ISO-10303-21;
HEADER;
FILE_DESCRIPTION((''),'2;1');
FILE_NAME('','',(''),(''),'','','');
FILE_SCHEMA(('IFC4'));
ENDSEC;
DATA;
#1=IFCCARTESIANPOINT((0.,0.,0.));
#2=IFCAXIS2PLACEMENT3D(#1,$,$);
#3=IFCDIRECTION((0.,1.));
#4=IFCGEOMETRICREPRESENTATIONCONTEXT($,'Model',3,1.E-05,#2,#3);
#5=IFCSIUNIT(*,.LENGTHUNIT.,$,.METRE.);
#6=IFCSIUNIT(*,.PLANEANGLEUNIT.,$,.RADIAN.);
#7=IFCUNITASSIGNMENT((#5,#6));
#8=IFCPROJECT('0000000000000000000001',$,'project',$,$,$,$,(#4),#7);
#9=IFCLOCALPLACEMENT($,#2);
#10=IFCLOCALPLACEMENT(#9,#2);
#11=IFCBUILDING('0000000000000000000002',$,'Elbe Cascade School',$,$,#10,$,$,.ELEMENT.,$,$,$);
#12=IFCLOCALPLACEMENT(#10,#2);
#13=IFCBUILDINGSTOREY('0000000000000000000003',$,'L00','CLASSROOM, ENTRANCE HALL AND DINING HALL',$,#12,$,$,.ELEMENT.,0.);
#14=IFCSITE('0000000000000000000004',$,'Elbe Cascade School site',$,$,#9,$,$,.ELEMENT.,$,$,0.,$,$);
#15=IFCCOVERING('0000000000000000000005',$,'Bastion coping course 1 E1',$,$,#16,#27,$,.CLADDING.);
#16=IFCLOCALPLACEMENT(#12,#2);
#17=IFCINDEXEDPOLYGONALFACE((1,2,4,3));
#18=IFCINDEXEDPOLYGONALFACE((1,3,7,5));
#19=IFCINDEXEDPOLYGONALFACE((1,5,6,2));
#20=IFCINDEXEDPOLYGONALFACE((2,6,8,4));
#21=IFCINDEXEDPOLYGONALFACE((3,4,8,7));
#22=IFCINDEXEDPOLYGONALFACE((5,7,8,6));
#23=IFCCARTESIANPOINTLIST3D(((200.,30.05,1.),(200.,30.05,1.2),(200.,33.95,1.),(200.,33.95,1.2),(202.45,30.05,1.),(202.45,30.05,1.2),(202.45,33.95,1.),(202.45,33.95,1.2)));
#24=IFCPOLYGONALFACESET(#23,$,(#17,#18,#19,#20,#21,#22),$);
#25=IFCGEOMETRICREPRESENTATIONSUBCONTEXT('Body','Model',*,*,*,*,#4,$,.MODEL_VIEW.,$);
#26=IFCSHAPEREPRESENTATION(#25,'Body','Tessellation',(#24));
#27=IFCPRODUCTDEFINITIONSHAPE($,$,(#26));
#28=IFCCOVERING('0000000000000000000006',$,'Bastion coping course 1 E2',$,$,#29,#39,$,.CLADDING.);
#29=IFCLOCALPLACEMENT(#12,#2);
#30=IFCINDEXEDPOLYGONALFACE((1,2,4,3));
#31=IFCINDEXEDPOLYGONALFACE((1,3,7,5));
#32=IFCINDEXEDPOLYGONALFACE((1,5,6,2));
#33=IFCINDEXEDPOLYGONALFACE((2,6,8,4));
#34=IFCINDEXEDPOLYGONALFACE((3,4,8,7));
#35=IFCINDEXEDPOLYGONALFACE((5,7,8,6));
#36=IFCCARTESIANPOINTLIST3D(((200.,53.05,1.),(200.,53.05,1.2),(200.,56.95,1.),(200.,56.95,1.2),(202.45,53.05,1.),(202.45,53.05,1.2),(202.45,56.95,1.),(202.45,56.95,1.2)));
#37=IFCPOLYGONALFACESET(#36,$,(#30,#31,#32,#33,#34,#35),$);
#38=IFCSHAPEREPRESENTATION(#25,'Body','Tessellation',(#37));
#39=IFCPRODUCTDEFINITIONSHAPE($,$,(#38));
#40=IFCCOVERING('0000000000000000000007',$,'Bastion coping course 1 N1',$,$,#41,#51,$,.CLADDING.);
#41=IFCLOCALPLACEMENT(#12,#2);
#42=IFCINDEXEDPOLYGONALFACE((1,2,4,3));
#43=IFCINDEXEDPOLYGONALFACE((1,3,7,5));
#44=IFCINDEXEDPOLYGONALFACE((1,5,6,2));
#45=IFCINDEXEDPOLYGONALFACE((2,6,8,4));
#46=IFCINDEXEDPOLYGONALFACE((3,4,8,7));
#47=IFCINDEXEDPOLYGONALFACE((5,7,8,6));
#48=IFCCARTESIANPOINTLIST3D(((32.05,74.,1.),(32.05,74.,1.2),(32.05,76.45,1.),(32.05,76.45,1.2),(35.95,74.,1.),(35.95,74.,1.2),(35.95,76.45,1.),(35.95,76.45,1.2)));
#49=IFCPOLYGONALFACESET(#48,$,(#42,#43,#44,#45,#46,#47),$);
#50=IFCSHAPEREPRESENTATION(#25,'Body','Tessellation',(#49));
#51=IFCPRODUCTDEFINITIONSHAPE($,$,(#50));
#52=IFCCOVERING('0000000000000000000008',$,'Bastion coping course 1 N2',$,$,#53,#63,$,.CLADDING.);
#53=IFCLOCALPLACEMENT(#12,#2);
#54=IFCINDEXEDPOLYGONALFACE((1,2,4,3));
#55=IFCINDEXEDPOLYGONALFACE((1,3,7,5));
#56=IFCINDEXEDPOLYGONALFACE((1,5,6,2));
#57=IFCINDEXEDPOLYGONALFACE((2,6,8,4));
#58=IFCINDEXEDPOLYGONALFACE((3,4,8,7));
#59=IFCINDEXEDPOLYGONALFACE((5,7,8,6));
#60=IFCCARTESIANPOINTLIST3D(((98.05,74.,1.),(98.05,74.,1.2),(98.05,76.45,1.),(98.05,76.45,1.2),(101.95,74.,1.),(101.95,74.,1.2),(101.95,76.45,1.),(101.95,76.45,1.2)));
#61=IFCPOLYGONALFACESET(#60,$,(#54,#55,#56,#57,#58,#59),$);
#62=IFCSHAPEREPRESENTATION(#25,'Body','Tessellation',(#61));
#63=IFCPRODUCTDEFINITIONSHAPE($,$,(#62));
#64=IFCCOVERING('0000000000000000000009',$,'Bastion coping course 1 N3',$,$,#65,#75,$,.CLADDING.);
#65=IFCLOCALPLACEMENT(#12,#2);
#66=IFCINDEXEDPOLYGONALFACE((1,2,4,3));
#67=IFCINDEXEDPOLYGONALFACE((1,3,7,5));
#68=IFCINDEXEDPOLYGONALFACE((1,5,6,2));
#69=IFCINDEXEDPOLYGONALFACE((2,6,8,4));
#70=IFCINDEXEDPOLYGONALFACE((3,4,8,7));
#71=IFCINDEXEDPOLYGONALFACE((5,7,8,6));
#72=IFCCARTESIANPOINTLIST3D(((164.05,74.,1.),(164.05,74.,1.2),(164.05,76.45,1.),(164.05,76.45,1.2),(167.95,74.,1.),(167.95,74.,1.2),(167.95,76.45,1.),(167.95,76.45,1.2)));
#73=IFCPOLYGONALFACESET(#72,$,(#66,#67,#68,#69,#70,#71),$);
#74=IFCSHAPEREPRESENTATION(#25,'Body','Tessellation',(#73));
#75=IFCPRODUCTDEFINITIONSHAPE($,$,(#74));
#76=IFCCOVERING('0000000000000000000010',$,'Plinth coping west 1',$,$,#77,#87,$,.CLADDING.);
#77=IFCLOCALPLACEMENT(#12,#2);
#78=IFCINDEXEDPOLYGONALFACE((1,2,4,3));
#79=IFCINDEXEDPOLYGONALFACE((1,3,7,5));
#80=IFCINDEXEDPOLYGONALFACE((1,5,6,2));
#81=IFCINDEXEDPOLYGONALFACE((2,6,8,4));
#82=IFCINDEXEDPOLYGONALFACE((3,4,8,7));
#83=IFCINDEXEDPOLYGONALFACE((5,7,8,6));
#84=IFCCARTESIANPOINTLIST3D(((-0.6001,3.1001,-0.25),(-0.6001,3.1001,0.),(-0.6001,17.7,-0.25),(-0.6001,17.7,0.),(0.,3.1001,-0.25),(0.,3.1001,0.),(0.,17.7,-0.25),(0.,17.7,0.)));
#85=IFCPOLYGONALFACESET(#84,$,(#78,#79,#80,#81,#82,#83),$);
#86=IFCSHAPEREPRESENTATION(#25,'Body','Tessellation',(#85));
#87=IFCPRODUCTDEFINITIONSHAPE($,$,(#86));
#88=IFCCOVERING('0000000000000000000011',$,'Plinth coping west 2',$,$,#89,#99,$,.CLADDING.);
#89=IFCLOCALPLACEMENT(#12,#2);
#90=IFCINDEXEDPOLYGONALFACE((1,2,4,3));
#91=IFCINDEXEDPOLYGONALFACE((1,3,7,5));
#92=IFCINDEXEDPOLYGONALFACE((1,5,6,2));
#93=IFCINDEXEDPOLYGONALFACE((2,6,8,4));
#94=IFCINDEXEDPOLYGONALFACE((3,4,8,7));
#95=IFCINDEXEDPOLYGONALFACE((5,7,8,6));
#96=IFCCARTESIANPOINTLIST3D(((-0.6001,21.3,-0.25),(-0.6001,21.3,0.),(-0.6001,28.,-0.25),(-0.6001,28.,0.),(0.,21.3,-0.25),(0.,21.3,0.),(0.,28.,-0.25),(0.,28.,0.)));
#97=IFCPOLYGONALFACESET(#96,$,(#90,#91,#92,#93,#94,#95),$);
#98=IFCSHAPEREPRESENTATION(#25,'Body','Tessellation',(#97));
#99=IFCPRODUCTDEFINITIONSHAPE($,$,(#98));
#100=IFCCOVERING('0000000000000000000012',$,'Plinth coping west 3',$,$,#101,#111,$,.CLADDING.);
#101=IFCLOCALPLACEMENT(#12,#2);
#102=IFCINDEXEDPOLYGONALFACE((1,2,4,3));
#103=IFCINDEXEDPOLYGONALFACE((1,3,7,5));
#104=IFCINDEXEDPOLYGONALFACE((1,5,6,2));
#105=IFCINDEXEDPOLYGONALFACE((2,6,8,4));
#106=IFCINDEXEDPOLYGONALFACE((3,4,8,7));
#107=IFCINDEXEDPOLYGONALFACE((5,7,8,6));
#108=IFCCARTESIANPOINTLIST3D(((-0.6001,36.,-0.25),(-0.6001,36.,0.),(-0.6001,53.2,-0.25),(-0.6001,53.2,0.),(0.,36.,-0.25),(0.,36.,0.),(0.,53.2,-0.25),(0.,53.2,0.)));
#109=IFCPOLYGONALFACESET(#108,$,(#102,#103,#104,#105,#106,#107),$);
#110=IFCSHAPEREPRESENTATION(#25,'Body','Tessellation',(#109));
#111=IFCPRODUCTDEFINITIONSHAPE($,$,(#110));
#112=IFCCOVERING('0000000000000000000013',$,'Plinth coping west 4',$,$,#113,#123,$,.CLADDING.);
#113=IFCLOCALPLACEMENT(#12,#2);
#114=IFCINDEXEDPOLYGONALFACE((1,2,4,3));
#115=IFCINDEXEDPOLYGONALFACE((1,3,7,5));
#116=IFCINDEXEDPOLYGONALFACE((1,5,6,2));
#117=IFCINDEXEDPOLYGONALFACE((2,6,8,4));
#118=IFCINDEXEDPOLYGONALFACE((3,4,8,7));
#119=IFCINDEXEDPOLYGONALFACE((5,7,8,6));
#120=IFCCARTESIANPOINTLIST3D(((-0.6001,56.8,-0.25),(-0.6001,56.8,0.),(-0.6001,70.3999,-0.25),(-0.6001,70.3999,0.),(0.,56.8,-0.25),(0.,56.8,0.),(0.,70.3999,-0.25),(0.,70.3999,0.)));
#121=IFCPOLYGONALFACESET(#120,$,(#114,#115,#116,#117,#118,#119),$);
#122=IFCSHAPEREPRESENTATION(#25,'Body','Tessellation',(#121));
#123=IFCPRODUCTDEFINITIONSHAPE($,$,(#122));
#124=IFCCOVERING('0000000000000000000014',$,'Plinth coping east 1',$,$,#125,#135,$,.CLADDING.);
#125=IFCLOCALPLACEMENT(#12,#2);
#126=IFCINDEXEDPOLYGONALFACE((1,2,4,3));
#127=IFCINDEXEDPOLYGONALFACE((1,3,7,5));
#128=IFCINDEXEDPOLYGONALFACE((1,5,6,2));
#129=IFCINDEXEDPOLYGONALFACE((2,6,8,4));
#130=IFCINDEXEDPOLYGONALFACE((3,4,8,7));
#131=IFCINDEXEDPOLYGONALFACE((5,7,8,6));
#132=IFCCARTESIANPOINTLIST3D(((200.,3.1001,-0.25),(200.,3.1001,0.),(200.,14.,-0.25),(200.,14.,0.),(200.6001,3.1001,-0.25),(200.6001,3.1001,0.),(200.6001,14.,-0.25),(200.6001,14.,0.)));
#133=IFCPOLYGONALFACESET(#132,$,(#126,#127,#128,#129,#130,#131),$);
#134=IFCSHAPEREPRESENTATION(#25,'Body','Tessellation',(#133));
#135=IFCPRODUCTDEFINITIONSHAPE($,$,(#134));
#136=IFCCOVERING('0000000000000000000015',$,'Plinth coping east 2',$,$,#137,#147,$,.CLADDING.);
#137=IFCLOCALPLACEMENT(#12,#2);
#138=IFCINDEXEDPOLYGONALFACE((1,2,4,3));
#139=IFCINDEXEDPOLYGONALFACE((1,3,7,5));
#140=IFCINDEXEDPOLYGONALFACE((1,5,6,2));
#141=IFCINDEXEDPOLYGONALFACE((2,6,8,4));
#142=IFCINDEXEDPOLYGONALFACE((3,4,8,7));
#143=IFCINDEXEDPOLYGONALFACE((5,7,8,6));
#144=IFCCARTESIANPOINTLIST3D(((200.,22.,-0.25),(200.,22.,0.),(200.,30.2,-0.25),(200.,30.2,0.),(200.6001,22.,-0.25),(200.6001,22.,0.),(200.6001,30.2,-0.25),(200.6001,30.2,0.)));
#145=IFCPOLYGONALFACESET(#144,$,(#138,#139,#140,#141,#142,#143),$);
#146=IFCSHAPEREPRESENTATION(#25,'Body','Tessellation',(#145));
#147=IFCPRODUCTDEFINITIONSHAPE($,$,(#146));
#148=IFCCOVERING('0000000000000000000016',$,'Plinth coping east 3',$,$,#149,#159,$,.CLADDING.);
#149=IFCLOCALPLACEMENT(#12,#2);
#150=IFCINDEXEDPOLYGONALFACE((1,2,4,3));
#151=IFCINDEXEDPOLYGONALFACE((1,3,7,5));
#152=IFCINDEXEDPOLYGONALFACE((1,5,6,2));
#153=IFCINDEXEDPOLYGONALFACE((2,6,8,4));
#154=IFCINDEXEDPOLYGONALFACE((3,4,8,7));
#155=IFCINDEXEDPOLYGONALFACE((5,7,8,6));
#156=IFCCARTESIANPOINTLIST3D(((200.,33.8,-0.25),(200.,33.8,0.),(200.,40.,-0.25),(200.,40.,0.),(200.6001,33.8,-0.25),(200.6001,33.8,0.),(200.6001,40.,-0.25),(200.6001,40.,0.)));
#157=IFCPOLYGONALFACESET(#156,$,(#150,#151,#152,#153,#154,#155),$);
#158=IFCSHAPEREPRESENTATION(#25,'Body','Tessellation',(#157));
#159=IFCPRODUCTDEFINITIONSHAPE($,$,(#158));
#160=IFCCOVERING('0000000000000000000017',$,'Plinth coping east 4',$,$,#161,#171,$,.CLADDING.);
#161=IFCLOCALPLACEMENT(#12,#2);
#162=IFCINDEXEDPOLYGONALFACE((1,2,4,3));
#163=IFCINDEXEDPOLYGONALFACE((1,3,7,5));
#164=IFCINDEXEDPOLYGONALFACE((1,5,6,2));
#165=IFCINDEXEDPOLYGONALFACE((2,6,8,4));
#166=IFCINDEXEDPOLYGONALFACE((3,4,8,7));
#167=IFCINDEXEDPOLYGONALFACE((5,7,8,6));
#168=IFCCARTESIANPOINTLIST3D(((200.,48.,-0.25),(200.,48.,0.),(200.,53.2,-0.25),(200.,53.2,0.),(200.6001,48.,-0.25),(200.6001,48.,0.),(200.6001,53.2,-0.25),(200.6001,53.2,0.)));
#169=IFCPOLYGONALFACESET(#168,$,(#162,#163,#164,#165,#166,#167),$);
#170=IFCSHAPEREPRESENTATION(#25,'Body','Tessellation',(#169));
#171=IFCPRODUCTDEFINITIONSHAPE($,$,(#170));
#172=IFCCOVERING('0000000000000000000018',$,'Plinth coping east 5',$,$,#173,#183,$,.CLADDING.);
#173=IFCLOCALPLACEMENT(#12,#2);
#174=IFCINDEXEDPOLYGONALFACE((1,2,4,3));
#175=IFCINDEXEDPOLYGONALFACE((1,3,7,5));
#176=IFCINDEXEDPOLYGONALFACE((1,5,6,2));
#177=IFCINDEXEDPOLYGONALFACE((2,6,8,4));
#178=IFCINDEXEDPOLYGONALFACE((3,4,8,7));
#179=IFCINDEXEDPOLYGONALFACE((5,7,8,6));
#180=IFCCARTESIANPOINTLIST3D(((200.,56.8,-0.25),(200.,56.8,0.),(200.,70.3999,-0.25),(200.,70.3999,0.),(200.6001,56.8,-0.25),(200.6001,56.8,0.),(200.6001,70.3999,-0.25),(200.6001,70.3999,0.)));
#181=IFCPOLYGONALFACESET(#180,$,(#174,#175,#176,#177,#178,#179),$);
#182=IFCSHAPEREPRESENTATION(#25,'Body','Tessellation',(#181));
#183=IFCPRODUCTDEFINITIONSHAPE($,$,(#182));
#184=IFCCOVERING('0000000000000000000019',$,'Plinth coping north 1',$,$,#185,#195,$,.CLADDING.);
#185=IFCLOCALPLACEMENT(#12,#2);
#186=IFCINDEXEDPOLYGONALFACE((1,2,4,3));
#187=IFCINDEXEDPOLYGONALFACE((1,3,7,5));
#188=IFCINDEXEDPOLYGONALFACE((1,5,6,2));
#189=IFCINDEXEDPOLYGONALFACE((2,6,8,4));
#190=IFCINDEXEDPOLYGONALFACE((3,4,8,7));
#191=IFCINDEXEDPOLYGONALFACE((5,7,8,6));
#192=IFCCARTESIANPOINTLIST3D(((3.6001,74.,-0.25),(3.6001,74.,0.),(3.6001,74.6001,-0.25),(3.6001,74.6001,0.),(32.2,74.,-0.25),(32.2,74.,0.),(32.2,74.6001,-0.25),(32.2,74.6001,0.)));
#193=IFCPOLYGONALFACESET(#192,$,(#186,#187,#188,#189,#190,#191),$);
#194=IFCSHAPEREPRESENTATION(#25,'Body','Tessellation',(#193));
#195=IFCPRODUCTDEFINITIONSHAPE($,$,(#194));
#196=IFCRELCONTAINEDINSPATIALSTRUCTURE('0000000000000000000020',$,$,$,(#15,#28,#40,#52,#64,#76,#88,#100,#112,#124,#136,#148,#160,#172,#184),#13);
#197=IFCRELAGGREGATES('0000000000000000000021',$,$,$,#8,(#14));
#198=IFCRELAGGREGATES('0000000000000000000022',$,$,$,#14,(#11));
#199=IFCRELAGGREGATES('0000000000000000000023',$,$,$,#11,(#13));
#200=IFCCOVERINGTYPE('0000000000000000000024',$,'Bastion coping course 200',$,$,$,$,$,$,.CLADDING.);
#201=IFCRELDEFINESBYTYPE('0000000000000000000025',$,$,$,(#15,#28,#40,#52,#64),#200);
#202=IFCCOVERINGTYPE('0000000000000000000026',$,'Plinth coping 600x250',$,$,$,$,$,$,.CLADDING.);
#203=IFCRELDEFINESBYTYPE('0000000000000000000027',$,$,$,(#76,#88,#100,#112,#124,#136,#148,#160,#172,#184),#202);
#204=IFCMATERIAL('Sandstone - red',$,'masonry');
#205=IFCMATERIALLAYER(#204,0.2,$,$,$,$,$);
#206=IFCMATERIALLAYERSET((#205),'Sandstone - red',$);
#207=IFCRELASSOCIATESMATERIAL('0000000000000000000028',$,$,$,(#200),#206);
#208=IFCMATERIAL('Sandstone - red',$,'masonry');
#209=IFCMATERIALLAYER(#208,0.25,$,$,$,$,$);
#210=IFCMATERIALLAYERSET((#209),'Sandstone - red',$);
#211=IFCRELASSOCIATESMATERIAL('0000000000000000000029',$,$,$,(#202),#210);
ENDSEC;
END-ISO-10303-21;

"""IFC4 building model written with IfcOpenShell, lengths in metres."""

from ifc_helpers import new_model, si_unit, direction, frame, origin, place, context, subcontext, project, spatial, polyline, outline, extrude, material, layer, layer_set, type_object, element, save


model = new_model("IFC4")

# Units and contexts
model_context = context("Model", 3, precision=1e-05, world=origin(), true_north=direction((0.0, 1.0)))
body_context = subcontext(model_context, "Body", "Model", "MODEL_VIEW")
ifc_project = project(units=[si_unit("LENGTHUNIT", "METRE"), si_unit("PLANEANGLEUNIT", "RADIAN")], contexts=[model_context])

# Site, building, storey
site_placement = place(None, origin())
site = spatial("IfcSite", under=ifc_project, at=site_placement, Name="Elbe Cascade School site", CompositionType="ELEMENT", RefElevation=0.0)
building_placement = place(site_placement, origin())
building = spatial("IfcBuilding", under=site, at=building_placement, Name="Elbe Cascade School", CompositionType="ELEMENT")
storey_placement = place(building_placement, origin())
storey = spatial("IfcBuildingStorey", under=building, at=storey_placement, Name="L00", Description="CLASSROOM, ENTRANCE HALL AND DINING HALL", CompositionType="ELEMENT", Elevation=0.0)

# Coverings
ifc_material_1 = material(Name="Sandstone - red", Category="masonry")
ifc_layer_1 = layer(ifc_material_1, 0.2)
ifc_layer_set_1 = layer_set([ifc_layer_1], Name="Sandstone - red")
covering_type_1 = type_object("IfcCoveringType", Name="Bastion coping course 200", PredefinedType="CLADDING", material=ifc_layer_set_1)
covering_1_placement = place(storey_placement, frame((0.0, 0.0, 1.0)))
element("IfcCovering", 1, at=covering_1_placement, inside=storey, type_object=covering_type_1, Name="Bastion coping course 1 E1", PredefinedType="CLADDING", context=body_context, shape_type="SweptSolid", body=[
    extrude(outline(polyline([(202.45, 30.05), (202.45, 33.95), (200.0, 33.95), (200.0, 30.05), (202.45, 30.05)])), origin(), (0.0, 0.0, 1.0), 0.2),
])
covering_2_placement = place(storey_placement, frame((0.0, 0.0, 1.0)))
element("IfcCovering", 2, at=covering_2_placement, inside=storey, type_object=covering_type_1, Name="Bastion coping course 1 E2", PredefinedType="CLADDING", context=body_context, shape_type="SweptSolid", body=[
    extrude(outline(polyline([(202.45, 53.05), (202.45, 56.95), (200.0, 56.95), (200.0, 53.05), (202.45, 53.05)])), origin(), (0.0, 0.0, 1.0), 0.2),
])
covering_3_placement = place(storey_placement, frame((0.0, 0.0, 1.0)))
element("IfcCovering", 3, at=covering_3_placement, inside=storey, type_object=covering_type_1, Name="Bastion coping course 1 N1", PredefinedType="CLADDING", context=body_context, shape_type="SweptSolid", body=[
    extrude(outline(polyline([(32.05, 74.0), (35.95, 74.0), (35.95, 76.45), (32.05, 76.45), (32.05, 74.0)])), origin(), (0.0, 0.0, 1.0), 0.2),
])
covering_4_placement = place(storey_placement, frame((0.0, 0.0, 1.0)))
element("IfcCovering", 4, at=covering_4_placement, inside=storey, type_object=covering_type_1, Name="Bastion coping course 1 N2", PredefinedType="CLADDING", context=body_context, shape_type="SweptSolid", body=[
    extrude(outline(polyline([(98.05, 74.0), (101.95, 74.0), (101.95, 76.45), (98.05, 76.45), (98.05, 74.0)])), origin(), (0.0, 0.0, 1.0), 0.2),
])
covering_5_placement = place(storey_placement, frame((0.0, 0.0, 1.0)))
element("IfcCovering", 5, at=covering_5_placement, inside=storey, type_object=covering_type_1, Name="Bastion coping course 1 N3", PredefinedType="CLADDING", context=body_context, shape_type="SweptSolid", body=[
    extrude(outline(polyline([(164.05, 74.0), (167.95, 74.0), (167.95, 76.45), (164.05, 76.45), (164.05, 74.0)])), origin(), (0.0, 0.0, 1.0), 0.2),
])
ifc_material_2 = material(Name="Sandstone - red", Category="masonry")
ifc_layer_2 = layer(ifc_material_2, 0.25)
ifc_layer_set_2 = layer_set([ifc_layer_2], Name="Sandstone - red")
covering_type_2 = type_object("IfcCoveringType", Name="Plinth coping 600x250", PredefinedType="CLADDING", material=ifc_layer_set_2)
covering_6_placement = place(storey_placement, frame((0.0, 0.0, -0.25)))
element("IfcCovering", 6, at=covering_6_placement, inside=storey, type_object=covering_type_2, Name="Plinth coping west 1", PredefinedType="CLADDING", context=body_context, shape_type="SweptSolid", body=[
    extrude(outline(polyline([(-0.6001, 3.1001), (0.0, 3.1001), (0.0, 17.7), (-0.6001, 17.7), (-0.6001, 3.1001)])), origin(), (0.0, 0.0, 1.0), 0.25),
])
covering_7_placement = place(storey_placement, frame((0.0, 0.0, -0.25)))
element("IfcCovering", 7, at=covering_7_placement, inside=storey, type_object=covering_type_2, Name="Plinth coping west 2", PredefinedType="CLADDING", context=body_context, shape_type="SweptSolid", body=[
    extrude(outline(polyline([(-0.6001, 21.3), (0.0, 21.3), (0.0, 28.0), (-0.6001, 28.0), (-0.6001, 21.3)])), origin(), (0.0, 0.0, 1.0), 0.25),
])
covering_8_placement = place(storey_placement, frame((0.0, 0.0, -0.25)))
element("IfcCovering", 8, at=covering_8_placement, inside=storey, type_object=covering_type_2, Name="Plinth coping west 3", PredefinedType="CLADDING", context=body_context, shape_type="SweptSolid", body=[
    extrude(outline(polyline([(-0.6001, 36.0), (0.0, 36.0), (0.0, 53.2), (-0.6001, 53.2), (-0.6001, 36.0)])), origin(), (0.0, 0.0, 1.0), 0.25),
])
covering_9_placement = place(storey_placement, frame((0.0, 0.0, -0.25)))
element("IfcCovering", 9, at=covering_9_placement, inside=storey, type_object=covering_type_2, Name="Plinth coping west 4", PredefinedType="CLADDING", context=body_context, shape_type="SweptSolid", body=[
    extrude(outline(polyline([(-0.6001, 56.8), (0.0, 56.8), (0.0, 70.3999), (-0.6001, 70.3999), (-0.6001, 56.8)])), origin(), (0.0, 0.0, 1.0), 0.25),
])
covering_10_placement = place(storey_placement, frame((0.0, 0.0, -0.25)))
element("IfcCovering", 10, at=covering_10_placement, inside=storey, type_object=covering_type_2, Name="Plinth coping east 1", PredefinedType="CLADDING", context=body_context, shape_type="SweptSolid", body=[
    extrude(outline(polyline([(200.0, 3.1001), (200.6001, 3.1001), (200.6001, 14.0), (200.0, 14.0), (200.0, 3.1001)])), origin(), (0.0, 0.0, 1.0), 0.25),
])
covering_11_placement = place(storey_placement, frame((0.0, 0.0, -0.25)))
element("IfcCovering", 11, at=covering_11_placement, inside=storey, type_object=covering_type_2, Name="Plinth coping east 2", PredefinedType="CLADDING", context=body_context, shape_type="SweptSolid", body=[
    extrude(outline(polyline([(200.0, 22.0), (200.6001, 22.0), (200.6001, 30.2), (200.0, 30.2), (200.0, 22.0)])), origin(), (0.0, 0.0, 1.0), 0.25),
])
covering_12_placement = place(storey_placement, frame((0.0, 0.0, -0.25)))
element("IfcCovering", 12, at=covering_12_placement, inside=storey, type_object=covering_type_2, Name="Plinth coping east 3", PredefinedType="CLADDING", context=body_context, shape_type="SweptSolid", body=[
    extrude(outline(polyline([(200.0, 33.8), (200.6001, 33.8), (200.6001, 40.0), (200.0, 40.0), (200.0, 33.8)])), origin(), (0.0, 0.0, 1.0), 0.25),
])
covering_13_placement = place(storey_placement, frame((0.0, 0.0, -0.25)))
element("IfcCovering", 13, at=covering_13_placement, inside=storey, type_object=covering_type_2, Name="Plinth coping east 4", PredefinedType="CLADDING", context=body_context, shape_type="SweptSolid", body=[
    extrude(outline(polyline([(200.0, 48.0), (200.6001, 48.0), (200.6001, 53.2), (200.0, 53.2), (200.0, 48.0)])), origin(), (0.0, 0.0, 1.0), 0.25),
])
covering_14_placement = place(storey_placement, frame((0.0, 0.0, -0.25)))
element("IfcCovering", 14, at=covering_14_placement, inside=storey, type_object=covering_type_2, Name="Plinth coping east 5", PredefinedType="CLADDING", context=body_context, shape_type="SweptSolid", body=[
    extrude(outline(polyline([(200.0, 56.8), (200.6001, 56.8), (200.6001, 70.3999), (200.0, 70.3999), (200.0, 56.8)])), origin(), (0.0, 0.0, 1.0), 0.25),
])
covering_15_placement = place(storey_placement, frame((0.0, 0.0, -0.25)))
element("IfcCovering", 15, at=covering_15_placement, inside=storey, type_object=covering_type_2, Name="Plinth coping north 1", PredefinedType="CLADDING", context=body_context, shape_type="SweptSolid", body=[
    extrude(outline(polyline([(3.6001, 74.0), (32.2, 74.0), (32.2, 74.6001), (3.6001, 74.6001), (3.6001, 74.0)])), origin(), (0.0, 0.0, 1.0), 0.25),
])

save(model, "model.ifc")
